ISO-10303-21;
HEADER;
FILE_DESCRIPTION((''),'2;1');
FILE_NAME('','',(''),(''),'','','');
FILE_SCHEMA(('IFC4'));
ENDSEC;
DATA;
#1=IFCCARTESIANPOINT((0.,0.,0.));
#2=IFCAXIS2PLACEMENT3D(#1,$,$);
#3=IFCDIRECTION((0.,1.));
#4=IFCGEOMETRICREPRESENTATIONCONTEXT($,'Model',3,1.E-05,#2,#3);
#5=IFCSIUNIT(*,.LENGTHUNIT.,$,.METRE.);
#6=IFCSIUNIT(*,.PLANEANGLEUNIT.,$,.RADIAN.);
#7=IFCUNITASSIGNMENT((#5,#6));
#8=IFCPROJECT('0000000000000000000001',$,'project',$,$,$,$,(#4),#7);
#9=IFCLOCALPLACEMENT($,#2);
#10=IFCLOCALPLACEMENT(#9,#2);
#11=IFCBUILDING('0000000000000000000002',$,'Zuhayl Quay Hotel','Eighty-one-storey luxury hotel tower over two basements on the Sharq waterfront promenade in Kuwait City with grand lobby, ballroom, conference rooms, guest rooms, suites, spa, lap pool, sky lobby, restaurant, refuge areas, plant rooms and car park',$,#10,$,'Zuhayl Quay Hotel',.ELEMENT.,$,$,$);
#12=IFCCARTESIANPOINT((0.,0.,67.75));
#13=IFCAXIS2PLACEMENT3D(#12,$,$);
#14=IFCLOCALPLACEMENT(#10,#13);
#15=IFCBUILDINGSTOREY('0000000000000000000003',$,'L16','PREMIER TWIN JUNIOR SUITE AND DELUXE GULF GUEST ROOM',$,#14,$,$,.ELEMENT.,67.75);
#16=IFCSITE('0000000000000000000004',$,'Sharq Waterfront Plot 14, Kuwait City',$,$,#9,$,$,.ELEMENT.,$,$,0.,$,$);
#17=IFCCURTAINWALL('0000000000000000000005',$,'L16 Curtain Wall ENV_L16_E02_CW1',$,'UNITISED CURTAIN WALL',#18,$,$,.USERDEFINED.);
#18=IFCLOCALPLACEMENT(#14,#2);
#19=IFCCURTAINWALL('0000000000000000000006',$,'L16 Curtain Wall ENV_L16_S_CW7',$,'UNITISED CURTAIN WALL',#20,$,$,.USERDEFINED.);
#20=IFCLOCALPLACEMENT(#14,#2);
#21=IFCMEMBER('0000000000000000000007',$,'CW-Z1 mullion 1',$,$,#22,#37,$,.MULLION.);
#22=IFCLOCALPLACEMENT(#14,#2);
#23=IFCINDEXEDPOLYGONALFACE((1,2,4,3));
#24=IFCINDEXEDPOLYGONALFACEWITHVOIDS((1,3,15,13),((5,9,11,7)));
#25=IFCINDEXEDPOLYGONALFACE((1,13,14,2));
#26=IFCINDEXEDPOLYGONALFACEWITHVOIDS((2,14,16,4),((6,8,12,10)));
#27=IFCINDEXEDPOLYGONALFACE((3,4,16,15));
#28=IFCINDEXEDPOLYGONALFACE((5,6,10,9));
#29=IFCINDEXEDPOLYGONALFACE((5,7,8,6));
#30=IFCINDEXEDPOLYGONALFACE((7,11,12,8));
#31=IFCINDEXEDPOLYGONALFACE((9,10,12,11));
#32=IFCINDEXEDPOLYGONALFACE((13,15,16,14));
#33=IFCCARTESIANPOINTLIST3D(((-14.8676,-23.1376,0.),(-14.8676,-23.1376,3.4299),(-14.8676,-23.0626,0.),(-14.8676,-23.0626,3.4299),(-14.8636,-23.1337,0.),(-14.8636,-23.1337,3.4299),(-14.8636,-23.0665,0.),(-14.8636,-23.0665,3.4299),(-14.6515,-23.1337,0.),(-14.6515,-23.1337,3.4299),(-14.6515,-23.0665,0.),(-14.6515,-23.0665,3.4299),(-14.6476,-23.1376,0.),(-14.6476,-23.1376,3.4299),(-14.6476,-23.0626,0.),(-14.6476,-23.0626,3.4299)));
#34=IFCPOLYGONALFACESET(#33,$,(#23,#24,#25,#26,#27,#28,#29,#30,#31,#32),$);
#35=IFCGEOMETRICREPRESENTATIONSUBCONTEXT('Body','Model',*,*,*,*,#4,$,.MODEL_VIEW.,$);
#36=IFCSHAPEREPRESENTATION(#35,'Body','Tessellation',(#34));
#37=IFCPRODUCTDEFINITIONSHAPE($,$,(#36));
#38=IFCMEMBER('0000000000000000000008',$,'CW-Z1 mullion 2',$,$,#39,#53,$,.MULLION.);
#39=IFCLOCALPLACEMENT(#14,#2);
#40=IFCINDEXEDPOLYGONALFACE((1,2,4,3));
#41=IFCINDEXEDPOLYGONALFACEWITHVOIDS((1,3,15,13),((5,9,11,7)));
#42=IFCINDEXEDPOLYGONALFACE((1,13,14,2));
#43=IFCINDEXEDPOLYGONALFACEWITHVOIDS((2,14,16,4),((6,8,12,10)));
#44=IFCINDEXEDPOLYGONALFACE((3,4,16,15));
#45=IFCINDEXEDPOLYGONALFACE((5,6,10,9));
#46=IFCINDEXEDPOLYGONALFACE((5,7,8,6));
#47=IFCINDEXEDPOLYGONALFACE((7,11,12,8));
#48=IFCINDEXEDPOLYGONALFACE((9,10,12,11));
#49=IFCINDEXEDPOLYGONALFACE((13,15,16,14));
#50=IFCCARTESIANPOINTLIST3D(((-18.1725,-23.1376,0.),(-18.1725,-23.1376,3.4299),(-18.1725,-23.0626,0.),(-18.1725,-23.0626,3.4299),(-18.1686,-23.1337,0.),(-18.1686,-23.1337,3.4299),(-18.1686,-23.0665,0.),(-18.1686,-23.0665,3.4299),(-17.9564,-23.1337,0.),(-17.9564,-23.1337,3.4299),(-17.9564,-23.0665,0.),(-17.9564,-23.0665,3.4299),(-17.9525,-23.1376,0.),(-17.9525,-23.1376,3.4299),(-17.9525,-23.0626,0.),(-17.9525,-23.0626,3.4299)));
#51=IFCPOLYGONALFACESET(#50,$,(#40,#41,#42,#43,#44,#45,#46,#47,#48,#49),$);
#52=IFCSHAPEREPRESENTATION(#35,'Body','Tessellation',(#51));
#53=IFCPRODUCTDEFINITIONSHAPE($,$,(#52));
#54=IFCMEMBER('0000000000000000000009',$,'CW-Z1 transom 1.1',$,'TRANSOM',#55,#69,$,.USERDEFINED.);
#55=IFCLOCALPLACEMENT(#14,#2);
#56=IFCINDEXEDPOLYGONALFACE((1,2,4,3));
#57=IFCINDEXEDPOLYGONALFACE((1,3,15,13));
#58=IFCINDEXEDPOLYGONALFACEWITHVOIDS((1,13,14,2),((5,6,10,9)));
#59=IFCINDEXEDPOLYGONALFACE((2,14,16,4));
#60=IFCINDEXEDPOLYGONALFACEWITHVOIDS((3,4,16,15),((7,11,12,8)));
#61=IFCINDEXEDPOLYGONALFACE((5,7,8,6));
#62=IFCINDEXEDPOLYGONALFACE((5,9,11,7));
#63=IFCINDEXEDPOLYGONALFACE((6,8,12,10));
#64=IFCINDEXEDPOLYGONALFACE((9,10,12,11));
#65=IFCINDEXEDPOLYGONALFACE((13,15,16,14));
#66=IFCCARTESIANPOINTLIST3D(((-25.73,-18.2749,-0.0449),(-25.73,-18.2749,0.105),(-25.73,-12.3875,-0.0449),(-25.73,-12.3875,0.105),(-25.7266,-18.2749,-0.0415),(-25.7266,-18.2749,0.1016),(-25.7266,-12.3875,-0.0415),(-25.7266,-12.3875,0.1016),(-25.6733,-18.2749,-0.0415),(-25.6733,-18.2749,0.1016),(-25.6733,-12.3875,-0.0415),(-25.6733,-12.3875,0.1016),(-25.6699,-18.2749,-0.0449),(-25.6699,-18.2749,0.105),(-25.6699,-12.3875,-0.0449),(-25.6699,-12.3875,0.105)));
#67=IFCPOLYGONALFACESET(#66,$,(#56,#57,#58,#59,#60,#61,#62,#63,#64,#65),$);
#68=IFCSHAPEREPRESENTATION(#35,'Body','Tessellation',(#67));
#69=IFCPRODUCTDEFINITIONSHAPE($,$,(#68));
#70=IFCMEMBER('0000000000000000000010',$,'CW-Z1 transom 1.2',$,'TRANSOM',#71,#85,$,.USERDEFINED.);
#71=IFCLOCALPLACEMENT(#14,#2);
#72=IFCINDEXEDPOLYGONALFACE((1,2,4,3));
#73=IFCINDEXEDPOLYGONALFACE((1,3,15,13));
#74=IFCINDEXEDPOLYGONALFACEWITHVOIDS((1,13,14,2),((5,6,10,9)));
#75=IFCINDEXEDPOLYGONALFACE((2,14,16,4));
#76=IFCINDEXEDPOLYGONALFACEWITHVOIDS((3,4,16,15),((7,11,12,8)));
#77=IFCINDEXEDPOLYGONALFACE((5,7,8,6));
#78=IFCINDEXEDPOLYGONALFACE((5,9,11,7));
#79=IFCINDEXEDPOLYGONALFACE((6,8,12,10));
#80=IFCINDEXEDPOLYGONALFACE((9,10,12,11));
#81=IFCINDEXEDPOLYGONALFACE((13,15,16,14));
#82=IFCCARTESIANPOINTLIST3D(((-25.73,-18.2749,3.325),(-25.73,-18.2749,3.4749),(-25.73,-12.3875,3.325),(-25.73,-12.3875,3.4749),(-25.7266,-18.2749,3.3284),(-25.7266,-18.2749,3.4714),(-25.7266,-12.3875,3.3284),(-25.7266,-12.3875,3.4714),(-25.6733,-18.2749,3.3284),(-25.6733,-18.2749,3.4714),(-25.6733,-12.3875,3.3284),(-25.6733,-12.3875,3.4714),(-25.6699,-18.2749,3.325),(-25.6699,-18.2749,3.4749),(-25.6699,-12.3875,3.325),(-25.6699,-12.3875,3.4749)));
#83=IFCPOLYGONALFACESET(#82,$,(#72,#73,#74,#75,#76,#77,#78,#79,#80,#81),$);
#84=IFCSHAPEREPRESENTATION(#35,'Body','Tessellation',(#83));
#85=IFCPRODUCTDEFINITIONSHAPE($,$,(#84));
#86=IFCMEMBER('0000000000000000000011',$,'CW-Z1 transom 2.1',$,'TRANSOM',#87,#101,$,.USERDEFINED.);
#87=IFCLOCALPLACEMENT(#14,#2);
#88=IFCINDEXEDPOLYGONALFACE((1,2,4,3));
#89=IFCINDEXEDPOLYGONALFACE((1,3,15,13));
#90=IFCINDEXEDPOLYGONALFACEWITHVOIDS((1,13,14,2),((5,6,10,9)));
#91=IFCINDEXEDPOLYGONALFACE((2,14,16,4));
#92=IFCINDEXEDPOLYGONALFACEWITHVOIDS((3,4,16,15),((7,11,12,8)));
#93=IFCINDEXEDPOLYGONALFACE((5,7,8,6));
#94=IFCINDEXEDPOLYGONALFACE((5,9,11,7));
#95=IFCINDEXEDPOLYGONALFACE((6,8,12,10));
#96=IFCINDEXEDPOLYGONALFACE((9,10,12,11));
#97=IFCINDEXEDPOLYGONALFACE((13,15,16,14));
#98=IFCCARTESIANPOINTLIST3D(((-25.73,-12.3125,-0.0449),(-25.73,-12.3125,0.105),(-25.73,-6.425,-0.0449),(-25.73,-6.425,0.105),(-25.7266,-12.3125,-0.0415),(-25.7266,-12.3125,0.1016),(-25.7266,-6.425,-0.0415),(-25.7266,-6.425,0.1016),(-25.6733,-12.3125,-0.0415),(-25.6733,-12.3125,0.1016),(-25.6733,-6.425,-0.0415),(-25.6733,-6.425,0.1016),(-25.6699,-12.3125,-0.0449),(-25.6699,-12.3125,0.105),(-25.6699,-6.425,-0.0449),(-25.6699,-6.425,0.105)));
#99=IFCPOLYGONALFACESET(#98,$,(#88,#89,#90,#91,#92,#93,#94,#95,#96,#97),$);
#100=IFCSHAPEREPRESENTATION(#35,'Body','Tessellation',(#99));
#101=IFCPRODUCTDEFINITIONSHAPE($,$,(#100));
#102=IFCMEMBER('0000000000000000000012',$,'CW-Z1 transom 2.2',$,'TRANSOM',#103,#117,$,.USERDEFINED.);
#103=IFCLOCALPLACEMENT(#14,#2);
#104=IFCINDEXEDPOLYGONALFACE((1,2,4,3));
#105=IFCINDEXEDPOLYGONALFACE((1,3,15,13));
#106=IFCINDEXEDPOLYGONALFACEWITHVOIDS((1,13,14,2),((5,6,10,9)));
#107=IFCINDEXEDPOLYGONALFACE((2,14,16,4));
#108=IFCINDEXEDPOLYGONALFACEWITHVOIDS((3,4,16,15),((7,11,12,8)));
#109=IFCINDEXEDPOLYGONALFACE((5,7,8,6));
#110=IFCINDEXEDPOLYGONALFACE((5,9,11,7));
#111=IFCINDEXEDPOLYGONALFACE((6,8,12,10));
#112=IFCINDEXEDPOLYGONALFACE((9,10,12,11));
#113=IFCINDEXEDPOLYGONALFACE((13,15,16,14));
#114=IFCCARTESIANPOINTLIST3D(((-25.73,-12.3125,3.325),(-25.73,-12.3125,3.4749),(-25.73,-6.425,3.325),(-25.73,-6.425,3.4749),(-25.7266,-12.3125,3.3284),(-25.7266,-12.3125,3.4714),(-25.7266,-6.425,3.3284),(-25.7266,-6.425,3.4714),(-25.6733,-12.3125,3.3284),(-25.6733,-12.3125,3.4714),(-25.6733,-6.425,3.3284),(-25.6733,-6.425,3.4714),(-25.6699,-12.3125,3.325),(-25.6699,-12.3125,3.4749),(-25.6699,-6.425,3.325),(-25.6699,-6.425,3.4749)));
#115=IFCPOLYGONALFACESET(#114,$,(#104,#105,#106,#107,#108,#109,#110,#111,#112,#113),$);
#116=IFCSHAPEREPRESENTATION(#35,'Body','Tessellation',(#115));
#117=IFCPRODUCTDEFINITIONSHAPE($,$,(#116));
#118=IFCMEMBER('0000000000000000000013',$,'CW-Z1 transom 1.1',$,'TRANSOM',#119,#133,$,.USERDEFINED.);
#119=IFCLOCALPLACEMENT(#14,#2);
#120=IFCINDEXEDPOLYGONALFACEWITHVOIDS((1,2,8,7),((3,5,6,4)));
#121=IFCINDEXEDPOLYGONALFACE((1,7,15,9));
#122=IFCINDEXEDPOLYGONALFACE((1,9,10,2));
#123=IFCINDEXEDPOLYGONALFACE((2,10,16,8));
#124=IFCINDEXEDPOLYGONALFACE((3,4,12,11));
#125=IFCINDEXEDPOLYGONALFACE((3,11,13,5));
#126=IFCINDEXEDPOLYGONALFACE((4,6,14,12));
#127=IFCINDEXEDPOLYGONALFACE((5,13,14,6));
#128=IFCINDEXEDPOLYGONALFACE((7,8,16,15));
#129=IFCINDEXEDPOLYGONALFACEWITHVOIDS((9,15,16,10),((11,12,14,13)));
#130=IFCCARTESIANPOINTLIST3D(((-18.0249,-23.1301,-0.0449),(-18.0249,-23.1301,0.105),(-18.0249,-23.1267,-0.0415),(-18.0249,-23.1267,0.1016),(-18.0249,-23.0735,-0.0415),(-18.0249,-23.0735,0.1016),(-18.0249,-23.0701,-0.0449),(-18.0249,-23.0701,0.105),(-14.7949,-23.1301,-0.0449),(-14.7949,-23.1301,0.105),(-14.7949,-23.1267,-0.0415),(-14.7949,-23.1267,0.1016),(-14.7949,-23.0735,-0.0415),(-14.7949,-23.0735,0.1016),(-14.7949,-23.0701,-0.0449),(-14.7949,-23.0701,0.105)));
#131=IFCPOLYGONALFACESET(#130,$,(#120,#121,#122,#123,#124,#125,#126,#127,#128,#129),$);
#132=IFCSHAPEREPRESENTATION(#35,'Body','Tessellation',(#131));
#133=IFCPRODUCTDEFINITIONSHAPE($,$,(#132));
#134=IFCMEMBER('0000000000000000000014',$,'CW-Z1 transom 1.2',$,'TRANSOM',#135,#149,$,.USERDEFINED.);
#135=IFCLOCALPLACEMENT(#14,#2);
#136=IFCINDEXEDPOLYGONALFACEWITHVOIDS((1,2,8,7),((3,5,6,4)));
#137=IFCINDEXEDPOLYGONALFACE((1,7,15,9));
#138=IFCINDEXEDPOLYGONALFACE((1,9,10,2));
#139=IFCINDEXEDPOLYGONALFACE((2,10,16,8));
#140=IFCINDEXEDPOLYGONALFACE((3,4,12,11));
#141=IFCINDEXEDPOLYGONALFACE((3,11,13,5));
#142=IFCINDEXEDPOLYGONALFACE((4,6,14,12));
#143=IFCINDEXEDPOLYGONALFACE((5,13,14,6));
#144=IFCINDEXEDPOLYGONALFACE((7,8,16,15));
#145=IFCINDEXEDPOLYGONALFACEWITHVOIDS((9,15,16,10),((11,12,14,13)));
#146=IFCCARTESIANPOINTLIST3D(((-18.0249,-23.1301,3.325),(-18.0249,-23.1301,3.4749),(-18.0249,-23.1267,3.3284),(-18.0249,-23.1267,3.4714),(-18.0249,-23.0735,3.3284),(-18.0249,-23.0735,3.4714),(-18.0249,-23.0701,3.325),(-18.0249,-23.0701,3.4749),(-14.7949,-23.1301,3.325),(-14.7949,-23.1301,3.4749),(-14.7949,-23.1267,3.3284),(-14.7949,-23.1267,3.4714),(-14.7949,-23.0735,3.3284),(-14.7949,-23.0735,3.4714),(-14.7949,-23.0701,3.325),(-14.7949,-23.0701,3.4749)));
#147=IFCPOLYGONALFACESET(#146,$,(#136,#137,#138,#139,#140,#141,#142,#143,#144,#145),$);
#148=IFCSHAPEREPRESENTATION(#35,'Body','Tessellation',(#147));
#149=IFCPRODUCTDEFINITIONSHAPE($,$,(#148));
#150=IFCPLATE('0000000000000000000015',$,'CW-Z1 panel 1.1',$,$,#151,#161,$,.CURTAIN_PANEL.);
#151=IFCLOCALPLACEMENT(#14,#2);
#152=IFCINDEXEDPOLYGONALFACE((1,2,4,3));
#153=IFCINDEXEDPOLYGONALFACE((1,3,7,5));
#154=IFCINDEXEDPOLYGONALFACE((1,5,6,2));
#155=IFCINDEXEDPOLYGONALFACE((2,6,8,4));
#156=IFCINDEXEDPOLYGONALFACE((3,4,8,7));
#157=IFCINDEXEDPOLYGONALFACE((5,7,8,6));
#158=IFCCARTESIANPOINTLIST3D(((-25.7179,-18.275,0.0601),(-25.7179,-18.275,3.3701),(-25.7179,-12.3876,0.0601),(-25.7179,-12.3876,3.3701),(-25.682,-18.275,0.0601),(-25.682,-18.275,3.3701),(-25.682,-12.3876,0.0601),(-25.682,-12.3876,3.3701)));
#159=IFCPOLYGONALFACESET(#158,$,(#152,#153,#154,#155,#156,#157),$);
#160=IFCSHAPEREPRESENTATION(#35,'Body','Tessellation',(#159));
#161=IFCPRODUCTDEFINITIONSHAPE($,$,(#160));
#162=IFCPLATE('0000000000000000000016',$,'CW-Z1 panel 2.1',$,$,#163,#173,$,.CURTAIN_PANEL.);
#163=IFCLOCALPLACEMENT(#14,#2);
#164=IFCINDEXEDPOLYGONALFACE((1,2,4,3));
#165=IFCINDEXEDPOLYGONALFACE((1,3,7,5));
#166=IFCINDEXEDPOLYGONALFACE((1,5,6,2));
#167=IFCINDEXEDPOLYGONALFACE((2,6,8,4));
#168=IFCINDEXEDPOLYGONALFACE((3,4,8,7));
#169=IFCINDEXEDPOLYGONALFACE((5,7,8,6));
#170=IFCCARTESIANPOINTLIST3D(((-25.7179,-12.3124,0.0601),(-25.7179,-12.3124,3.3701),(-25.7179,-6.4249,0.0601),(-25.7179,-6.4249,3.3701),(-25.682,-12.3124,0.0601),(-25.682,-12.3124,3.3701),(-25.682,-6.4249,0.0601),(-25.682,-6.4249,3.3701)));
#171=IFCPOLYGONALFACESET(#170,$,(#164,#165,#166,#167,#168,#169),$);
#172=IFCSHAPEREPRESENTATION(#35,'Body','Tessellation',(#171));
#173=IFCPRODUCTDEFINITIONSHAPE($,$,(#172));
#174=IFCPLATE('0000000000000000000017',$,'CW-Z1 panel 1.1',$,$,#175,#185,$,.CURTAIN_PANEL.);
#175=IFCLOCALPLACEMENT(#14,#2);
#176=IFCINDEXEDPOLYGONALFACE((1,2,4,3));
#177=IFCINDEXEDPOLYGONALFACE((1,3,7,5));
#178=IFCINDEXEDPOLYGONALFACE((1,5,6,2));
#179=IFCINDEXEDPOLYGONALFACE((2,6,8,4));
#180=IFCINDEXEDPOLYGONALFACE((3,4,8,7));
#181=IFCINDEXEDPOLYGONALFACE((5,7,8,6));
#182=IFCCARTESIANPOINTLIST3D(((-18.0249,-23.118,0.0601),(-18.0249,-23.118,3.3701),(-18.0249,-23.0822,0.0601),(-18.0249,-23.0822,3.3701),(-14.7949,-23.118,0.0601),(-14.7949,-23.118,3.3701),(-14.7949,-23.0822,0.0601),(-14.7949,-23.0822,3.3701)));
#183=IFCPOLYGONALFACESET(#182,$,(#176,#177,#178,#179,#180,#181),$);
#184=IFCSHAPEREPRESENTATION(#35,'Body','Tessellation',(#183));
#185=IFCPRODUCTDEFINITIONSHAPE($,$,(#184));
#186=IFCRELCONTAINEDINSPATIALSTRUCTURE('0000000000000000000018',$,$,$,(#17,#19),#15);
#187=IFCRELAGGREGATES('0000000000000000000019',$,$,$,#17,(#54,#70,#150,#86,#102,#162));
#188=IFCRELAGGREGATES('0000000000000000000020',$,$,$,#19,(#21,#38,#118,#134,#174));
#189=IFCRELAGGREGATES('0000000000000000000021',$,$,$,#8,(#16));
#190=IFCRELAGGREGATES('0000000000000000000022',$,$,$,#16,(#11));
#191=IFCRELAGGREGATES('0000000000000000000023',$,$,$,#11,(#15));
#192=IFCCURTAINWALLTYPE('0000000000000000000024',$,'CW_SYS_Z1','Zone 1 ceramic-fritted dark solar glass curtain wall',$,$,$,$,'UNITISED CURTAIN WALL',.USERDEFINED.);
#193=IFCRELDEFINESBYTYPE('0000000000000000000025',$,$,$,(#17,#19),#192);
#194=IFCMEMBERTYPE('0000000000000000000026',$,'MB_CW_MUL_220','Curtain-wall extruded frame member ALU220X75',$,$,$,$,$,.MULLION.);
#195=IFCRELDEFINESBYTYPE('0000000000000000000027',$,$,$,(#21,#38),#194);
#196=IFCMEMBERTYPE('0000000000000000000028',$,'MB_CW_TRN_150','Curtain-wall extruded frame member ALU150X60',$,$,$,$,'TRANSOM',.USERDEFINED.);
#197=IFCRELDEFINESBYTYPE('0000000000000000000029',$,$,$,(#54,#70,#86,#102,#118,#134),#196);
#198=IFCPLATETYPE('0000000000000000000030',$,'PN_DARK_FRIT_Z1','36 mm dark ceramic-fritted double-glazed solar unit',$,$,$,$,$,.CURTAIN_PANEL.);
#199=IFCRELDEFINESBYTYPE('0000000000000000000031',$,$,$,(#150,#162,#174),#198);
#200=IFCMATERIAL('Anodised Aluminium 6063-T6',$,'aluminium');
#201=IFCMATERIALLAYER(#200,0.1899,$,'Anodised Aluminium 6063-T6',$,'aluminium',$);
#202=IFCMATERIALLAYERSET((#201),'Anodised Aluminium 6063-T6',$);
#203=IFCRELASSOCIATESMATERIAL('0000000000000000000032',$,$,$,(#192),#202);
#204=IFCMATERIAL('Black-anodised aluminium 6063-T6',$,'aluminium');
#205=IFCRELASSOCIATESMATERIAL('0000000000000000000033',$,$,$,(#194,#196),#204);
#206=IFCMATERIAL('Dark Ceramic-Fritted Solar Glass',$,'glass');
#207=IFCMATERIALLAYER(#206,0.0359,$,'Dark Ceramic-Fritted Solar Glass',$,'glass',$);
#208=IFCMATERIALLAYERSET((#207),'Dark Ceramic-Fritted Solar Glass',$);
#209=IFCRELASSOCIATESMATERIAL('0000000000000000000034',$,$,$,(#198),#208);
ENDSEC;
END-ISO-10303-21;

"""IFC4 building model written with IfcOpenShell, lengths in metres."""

from ifc_helpers import new_model, si_unit, direction, frame, origin, origin_2d, place, context, subcontext, project, spatial, rectangle, hollow_rectangle, extrude, material, layer, layer_set, material_profile, profile_set, type_object, element, aggregate, save


model = new_model("IFC4")

# Units and contexts
model_context = context("Model", 3, precision=1e-05, world=origin(), true_north=direction((0.0, 1.0)))
body_context = subcontext(model_context, "Body", "Model", "MODEL_VIEW")
ifc_project = project(units=[si_unit("LENGTHUNIT", "METRE"), si_unit("PLANEANGLEUNIT", "RADIAN")], contexts=[model_context])

# Site, building, storey
site_placement = place(None, origin())
site = spatial("IfcSite", under=ifc_project, at=site_placement, Name="Sharq Waterfront Plot 14, Kuwait City", CompositionType="ELEMENT", RefElevation=0.0)
building_placement = place(site_placement, origin())
building = spatial("IfcBuilding", under=site, at=building_placement, Name="Zuhayl Quay Hotel", Description="Eighty-one-storey luxury hotel tower over two basements on the Sharq waterfront promenade in Kuwait City with grand lobby, ballroom, conference rooms, guest rooms, suites, spa, lap pool, sky lobby, restaurant, refuge areas, plant rooms and car park", LongName="Zuhayl Quay Hotel", CompositionType="ELEMENT")
storey_placement = place(building_placement, frame((0.0, 0.0, 67.75)))
storey = spatial("IfcBuildingStorey", under=building, at=storey_placement, Name="L16", Description="PREMIER TWIN JUNIOR SUITE AND DELUXE GULF GUEST ROOM", CompositionType="ELEMENT", Elevation=67.75)

# Curtain walls, members
ifc_material_1 = material(Name="Anodised Aluminium 6063-T6", Category="aluminium")
ifc_layer_1 = layer(ifc_material_1, 0.1899, Name="Anodised Aluminium 6063-T6", Category="aluminium")
ifc_layer_set_1 = layer_set([ifc_layer_1], Name="Anodised Aluminium 6063-T6")
curtain_wall_type = type_object("IfcCurtainWallType", Name="CW_SYS_Z1", Description="Zone 1 ceramic-fritted dark solar glass curtain wall", ElementType="UNITISED CURTAIN WALL", PredefinedType="USERDEFINED", material=ifc_layer_set_1)
curtain_wall_1_placement = place(storey_placement, origin())
curtain_wall_1 = element("IfcCurtainWall", 1, at=curtain_wall_1_placement, inside=storey, type_object=curtain_wall_type, Name="L16 Curtain Wall ENV_L16_E02_CW1", ObjectType="UNITISED CURTAIN WALL", PredefinedType="USERDEFINED")
ifc_material_2 = material(Name="Black-anodised aluminium 6063-T6", Category="aluminium")
ifc_material_profile_1 = material_profile(ifc_material_2, hollow_rectangle(XDim=0.075, YDim=0.22, WallThickness=0.0039, at=origin_2d()), Name="ALU220X75")
ifc_profile_set_1 = profile_set([ifc_material_profile_1], Name="Black-anodised aluminium 6063-T6")
member_type_1 = type_object("IfcMemberType", Name="MB_CW_MUL_220", Description="Curtain-wall extruded frame member ALU220X75", PredefinedType="MULLION", material=ifc_profile_set_1)
curtain_wall_2_placement = place(storey_placement, origin())
curtain_wall_2 = element("IfcCurtainWall", 2, at=curtain_wall_2_placement, inside=storey, type_object=curtain_wall_type, Name="L16 Curtain Wall ENV_L16_S_CW7", ObjectType="UNITISED CURTAIN WALL", PredefinedType="USERDEFINED")
member_1_placement = place(storey_placement, frame((-14.7576, -23.1001, 0.0), z_axis=(0.0, 0.0, 1.0), x_axis=(0.0, -1.0, 0.0)))
member_1 = element("IfcMember", 3, at=member_1_placement, type_object=member_type_1, Name="CW-Z1 mullion 1", PredefinedType="MULLION", context=body_context, shape_type="SweptSolid", body=[
    extrude(hollow_rectangle(XDim=0.075, YDim=0.22, WallThickness=0.0039, at=origin_2d()), origin(), (0.0, 0.0, 1.0), 3.4299),
])
member_2_placement = place(storey_placement, frame((-18.0625, -23.1001, 0.0), z_axis=(0.0, 0.0, 1.0), x_axis=(0.0, -1.0, 0.0)))
member_2 = element("IfcMember", 4, at=member_2_placement, type_object=member_type_1, Name="CW-Z1 mullion 2", PredefinedType="MULLION", context=body_context, shape_type="SweptSolid", body=[
    extrude(hollow_rectangle(XDim=0.075, YDim=0.22, WallThickness=0.0039, at=origin_2d()), origin(), (0.0, 0.0, 1.0), 3.4299),
])

# Members
ifc_material_profile_2 = material_profile(ifc_material_2, hollow_rectangle(XDim=0.0601, YDim=0.1499, WallThickness=0.0034, at=origin_2d()), Name="ALU150X60")
ifc_profile_set_2 = profile_set([ifc_material_profile_2], Name="Black-anodised aluminium 6063-T6")
member_type_2 = type_object("IfcMemberType", Name="MB_CW_TRN_150", Description="Curtain-wall extruded frame member ALU150X60", ElementType="TRANSOM", PredefinedType="USERDEFINED", material=ifc_profile_set_2)
member_3_placement = place(storey_placement, frame((-25.7, -18.2749, 0.03), z_axis=(0.0, 1.0, 0.0), x_axis=(-1.0, 0.0, 0.0)))
member_3 = element("IfcMember", 5, at=member_3_placement, type_object=member_type_2, Name="CW-Z1 transom 1.1", ObjectType="TRANSOM", PredefinedType="USERDEFINED", context=body_context, shape_type="SweptSolid", body=[
    extrude(hollow_rectangle(XDim=0.0601, YDim=0.1499, WallThickness=0.0034, at=origin_2d()), origin(), (0.0, 0.0, 1.0), 5.8875),
])
member_4_placement = place(storey_placement, frame((-25.7, -18.2749, 3.3999), z_axis=(0.0, 1.0, 0.0), x_axis=(-1.0, 0.0, 0.0)))
member_4 = element("IfcMember", 6, at=member_4_placement, type_object=member_type_2, Name="CW-Z1 transom 1.2", ObjectType="TRANSOM", PredefinedType="USERDEFINED", context=body_context, shape_type="SweptSolid", body=[
    extrude(hollow_rectangle(XDim=0.0601, YDim=0.1499, WallThickness=0.0034, at=origin_2d()), origin(), (0.0, 0.0, 1.0), 5.8875),
])
member_5_placement = place(storey_placement, frame((-25.7, -12.3125, 0.03), z_axis=(0.0, 1.0, 0.0), x_axis=(-1.0, 0.0, 0.0)))
member_5 = element("IfcMember", 7, at=member_5_placement, type_object=member_type_2, Name="CW-Z1 transom 2.1", ObjectType="TRANSOM", PredefinedType="USERDEFINED", context=body_context, shape_type="SweptSolid", body=[
    extrude(hollow_rectangle(XDim=0.0601, YDim=0.1499, WallThickness=0.0034, at=origin_2d()), origin(), (0.0, 0.0, 1.0), 5.8875),
])
member_6_placement = place(storey_placement, frame((-25.7, -12.3125, 3.3999), z_axis=(0.0, 1.0, 0.0), x_axis=(-1.0, 0.0, 0.0)))
member_6 = element("IfcMember", 8, at=member_6_placement, type_object=member_type_2, Name="CW-Z1 transom 2.2", ObjectType="TRANSOM", PredefinedType="USERDEFINED", context=body_context, shape_type="SweptSolid", body=[
    extrude(hollow_rectangle(XDim=0.0601, YDim=0.1499, WallThickness=0.0034, at=origin_2d()), origin(), (0.0, 0.0, 1.0), 5.8875),
])
member_7_placement = place(storey_placement, frame((-14.7949, -23.1001, 0.03), z_axis=(-1.0, 0.0, 0.0), x_axis=(0.0, -1.0, 0.0)))
member_7 = element("IfcMember", 9, at=member_7_placement, type_object=member_type_2, Name="CW-Z1 transom 1.1", ObjectType="TRANSOM", PredefinedType="USERDEFINED", context=body_context, shape_type="SweptSolid", body=[
    extrude(hollow_rectangle(XDim=0.0601, YDim=0.1499, WallThickness=0.0034, at=origin_2d()), origin(), (0.0, 0.0, 1.0), 3.23),
])
member_8_placement = place(storey_placement, frame((-14.7949, -23.1001, 3.3999), z_axis=(-1.0, 0.0, 0.0), x_axis=(0.0, -1.0, 0.0)))
member_8 = element("IfcMember", 10, at=member_8_placement, type_object=member_type_2, Name="CW-Z1 transom 1.2", ObjectType="TRANSOM", PredefinedType="USERDEFINED", context=body_context, shape_type="SweptSolid", body=[
    extrude(hollow_rectangle(XDim=0.0601, YDim=0.1499, WallThickness=0.0034, at=origin_2d()), origin(), (0.0, 0.0, 1.0), 3.23),
])

# Plates
ifc_material_3 = material(Name="Dark Ceramic-Fritted Solar Glass", Category="glass")
ifc_layer_2 = layer(ifc_material_3, 0.0359, Name="Dark Ceramic-Fritted Solar Glass", Category="glass")
ifc_layer_set_2 = layer_set([ifc_layer_2], Name="Dark Ceramic-Fritted Solar Glass")
plate_type = type_object("IfcPlateType", Name="PN_DARK_FRIT_Z1", Description="36 mm dark ceramic-fritted double-glazed solar unit", PredefinedType="CURTAIN_PANEL", material=ifc_layer_set_2)
plate_1_placement = place(storey_placement, frame((-25.7, -15.3313, 0.0601), z_axis=(0.0, 0.0, 1.0), x_axis=(0.0, 1.0, 0.0)))
plate_1 = element("IfcPlate", 11, at=plate_1_placement, type_object=plate_type, Name="CW-Z1 panel 1.1", PredefinedType="CURTAIN_PANEL", context=body_context, shape_type="SweptSolid", body=[
    extrude(rectangle(XDim=5.8875, YDim=0.0359, at=origin_2d()), origin(), (0.0, 0.0, 1.0), 3.3101),
])
plate_2_placement = place(storey_placement, frame((-25.7, -9.3687, 0.0601), z_axis=(0.0, 0.0, 1.0), x_axis=(0.0, 1.0, 0.0)))
plate_2 = element("IfcPlate", 12, at=plate_2_placement, type_object=plate_type, Name="CW-Z1 panel 2.1", PredefinedType="CURTAIN_PANEL", context=body_context, shape_type="SweptSolid", body=[
    extrude(rectangle(XDim=5.8875, YDim=0.0359, at=origin_2d()), origin(), (0.0, 0.0, 1.0), 3.3101),
])
aggregate(curtain_wall_1, [member_3, member_4, plate_1, member_5, member_6, plate_2])
plate_3_placement = place(storey_placement, frame((-16.4099, -23.1001, 0.0601), z_axis=(0.0, 0.0, 1.0), x_axis=(-1.0, 0.0, 0.0)))
plate_3 = element("IfcPlate", 13, at=plate_3_placement, type_object=plate_type, Name="CW-Z1 panel 1.1", PredefinedType="CURTAIN_PANEL", context=body_context, shape_type="SweptSolid", body=[
    extrude(rectangle(XDim=3.23, YDim=0.0359, at=origin_2d()), origin(), (0.0, 0.0, 1.0), 3.3101),
])
aggregate(curtain_wall_2, [member_1, member_2, member_7, member_8, plate_3])

save(model, "model.ifc")
